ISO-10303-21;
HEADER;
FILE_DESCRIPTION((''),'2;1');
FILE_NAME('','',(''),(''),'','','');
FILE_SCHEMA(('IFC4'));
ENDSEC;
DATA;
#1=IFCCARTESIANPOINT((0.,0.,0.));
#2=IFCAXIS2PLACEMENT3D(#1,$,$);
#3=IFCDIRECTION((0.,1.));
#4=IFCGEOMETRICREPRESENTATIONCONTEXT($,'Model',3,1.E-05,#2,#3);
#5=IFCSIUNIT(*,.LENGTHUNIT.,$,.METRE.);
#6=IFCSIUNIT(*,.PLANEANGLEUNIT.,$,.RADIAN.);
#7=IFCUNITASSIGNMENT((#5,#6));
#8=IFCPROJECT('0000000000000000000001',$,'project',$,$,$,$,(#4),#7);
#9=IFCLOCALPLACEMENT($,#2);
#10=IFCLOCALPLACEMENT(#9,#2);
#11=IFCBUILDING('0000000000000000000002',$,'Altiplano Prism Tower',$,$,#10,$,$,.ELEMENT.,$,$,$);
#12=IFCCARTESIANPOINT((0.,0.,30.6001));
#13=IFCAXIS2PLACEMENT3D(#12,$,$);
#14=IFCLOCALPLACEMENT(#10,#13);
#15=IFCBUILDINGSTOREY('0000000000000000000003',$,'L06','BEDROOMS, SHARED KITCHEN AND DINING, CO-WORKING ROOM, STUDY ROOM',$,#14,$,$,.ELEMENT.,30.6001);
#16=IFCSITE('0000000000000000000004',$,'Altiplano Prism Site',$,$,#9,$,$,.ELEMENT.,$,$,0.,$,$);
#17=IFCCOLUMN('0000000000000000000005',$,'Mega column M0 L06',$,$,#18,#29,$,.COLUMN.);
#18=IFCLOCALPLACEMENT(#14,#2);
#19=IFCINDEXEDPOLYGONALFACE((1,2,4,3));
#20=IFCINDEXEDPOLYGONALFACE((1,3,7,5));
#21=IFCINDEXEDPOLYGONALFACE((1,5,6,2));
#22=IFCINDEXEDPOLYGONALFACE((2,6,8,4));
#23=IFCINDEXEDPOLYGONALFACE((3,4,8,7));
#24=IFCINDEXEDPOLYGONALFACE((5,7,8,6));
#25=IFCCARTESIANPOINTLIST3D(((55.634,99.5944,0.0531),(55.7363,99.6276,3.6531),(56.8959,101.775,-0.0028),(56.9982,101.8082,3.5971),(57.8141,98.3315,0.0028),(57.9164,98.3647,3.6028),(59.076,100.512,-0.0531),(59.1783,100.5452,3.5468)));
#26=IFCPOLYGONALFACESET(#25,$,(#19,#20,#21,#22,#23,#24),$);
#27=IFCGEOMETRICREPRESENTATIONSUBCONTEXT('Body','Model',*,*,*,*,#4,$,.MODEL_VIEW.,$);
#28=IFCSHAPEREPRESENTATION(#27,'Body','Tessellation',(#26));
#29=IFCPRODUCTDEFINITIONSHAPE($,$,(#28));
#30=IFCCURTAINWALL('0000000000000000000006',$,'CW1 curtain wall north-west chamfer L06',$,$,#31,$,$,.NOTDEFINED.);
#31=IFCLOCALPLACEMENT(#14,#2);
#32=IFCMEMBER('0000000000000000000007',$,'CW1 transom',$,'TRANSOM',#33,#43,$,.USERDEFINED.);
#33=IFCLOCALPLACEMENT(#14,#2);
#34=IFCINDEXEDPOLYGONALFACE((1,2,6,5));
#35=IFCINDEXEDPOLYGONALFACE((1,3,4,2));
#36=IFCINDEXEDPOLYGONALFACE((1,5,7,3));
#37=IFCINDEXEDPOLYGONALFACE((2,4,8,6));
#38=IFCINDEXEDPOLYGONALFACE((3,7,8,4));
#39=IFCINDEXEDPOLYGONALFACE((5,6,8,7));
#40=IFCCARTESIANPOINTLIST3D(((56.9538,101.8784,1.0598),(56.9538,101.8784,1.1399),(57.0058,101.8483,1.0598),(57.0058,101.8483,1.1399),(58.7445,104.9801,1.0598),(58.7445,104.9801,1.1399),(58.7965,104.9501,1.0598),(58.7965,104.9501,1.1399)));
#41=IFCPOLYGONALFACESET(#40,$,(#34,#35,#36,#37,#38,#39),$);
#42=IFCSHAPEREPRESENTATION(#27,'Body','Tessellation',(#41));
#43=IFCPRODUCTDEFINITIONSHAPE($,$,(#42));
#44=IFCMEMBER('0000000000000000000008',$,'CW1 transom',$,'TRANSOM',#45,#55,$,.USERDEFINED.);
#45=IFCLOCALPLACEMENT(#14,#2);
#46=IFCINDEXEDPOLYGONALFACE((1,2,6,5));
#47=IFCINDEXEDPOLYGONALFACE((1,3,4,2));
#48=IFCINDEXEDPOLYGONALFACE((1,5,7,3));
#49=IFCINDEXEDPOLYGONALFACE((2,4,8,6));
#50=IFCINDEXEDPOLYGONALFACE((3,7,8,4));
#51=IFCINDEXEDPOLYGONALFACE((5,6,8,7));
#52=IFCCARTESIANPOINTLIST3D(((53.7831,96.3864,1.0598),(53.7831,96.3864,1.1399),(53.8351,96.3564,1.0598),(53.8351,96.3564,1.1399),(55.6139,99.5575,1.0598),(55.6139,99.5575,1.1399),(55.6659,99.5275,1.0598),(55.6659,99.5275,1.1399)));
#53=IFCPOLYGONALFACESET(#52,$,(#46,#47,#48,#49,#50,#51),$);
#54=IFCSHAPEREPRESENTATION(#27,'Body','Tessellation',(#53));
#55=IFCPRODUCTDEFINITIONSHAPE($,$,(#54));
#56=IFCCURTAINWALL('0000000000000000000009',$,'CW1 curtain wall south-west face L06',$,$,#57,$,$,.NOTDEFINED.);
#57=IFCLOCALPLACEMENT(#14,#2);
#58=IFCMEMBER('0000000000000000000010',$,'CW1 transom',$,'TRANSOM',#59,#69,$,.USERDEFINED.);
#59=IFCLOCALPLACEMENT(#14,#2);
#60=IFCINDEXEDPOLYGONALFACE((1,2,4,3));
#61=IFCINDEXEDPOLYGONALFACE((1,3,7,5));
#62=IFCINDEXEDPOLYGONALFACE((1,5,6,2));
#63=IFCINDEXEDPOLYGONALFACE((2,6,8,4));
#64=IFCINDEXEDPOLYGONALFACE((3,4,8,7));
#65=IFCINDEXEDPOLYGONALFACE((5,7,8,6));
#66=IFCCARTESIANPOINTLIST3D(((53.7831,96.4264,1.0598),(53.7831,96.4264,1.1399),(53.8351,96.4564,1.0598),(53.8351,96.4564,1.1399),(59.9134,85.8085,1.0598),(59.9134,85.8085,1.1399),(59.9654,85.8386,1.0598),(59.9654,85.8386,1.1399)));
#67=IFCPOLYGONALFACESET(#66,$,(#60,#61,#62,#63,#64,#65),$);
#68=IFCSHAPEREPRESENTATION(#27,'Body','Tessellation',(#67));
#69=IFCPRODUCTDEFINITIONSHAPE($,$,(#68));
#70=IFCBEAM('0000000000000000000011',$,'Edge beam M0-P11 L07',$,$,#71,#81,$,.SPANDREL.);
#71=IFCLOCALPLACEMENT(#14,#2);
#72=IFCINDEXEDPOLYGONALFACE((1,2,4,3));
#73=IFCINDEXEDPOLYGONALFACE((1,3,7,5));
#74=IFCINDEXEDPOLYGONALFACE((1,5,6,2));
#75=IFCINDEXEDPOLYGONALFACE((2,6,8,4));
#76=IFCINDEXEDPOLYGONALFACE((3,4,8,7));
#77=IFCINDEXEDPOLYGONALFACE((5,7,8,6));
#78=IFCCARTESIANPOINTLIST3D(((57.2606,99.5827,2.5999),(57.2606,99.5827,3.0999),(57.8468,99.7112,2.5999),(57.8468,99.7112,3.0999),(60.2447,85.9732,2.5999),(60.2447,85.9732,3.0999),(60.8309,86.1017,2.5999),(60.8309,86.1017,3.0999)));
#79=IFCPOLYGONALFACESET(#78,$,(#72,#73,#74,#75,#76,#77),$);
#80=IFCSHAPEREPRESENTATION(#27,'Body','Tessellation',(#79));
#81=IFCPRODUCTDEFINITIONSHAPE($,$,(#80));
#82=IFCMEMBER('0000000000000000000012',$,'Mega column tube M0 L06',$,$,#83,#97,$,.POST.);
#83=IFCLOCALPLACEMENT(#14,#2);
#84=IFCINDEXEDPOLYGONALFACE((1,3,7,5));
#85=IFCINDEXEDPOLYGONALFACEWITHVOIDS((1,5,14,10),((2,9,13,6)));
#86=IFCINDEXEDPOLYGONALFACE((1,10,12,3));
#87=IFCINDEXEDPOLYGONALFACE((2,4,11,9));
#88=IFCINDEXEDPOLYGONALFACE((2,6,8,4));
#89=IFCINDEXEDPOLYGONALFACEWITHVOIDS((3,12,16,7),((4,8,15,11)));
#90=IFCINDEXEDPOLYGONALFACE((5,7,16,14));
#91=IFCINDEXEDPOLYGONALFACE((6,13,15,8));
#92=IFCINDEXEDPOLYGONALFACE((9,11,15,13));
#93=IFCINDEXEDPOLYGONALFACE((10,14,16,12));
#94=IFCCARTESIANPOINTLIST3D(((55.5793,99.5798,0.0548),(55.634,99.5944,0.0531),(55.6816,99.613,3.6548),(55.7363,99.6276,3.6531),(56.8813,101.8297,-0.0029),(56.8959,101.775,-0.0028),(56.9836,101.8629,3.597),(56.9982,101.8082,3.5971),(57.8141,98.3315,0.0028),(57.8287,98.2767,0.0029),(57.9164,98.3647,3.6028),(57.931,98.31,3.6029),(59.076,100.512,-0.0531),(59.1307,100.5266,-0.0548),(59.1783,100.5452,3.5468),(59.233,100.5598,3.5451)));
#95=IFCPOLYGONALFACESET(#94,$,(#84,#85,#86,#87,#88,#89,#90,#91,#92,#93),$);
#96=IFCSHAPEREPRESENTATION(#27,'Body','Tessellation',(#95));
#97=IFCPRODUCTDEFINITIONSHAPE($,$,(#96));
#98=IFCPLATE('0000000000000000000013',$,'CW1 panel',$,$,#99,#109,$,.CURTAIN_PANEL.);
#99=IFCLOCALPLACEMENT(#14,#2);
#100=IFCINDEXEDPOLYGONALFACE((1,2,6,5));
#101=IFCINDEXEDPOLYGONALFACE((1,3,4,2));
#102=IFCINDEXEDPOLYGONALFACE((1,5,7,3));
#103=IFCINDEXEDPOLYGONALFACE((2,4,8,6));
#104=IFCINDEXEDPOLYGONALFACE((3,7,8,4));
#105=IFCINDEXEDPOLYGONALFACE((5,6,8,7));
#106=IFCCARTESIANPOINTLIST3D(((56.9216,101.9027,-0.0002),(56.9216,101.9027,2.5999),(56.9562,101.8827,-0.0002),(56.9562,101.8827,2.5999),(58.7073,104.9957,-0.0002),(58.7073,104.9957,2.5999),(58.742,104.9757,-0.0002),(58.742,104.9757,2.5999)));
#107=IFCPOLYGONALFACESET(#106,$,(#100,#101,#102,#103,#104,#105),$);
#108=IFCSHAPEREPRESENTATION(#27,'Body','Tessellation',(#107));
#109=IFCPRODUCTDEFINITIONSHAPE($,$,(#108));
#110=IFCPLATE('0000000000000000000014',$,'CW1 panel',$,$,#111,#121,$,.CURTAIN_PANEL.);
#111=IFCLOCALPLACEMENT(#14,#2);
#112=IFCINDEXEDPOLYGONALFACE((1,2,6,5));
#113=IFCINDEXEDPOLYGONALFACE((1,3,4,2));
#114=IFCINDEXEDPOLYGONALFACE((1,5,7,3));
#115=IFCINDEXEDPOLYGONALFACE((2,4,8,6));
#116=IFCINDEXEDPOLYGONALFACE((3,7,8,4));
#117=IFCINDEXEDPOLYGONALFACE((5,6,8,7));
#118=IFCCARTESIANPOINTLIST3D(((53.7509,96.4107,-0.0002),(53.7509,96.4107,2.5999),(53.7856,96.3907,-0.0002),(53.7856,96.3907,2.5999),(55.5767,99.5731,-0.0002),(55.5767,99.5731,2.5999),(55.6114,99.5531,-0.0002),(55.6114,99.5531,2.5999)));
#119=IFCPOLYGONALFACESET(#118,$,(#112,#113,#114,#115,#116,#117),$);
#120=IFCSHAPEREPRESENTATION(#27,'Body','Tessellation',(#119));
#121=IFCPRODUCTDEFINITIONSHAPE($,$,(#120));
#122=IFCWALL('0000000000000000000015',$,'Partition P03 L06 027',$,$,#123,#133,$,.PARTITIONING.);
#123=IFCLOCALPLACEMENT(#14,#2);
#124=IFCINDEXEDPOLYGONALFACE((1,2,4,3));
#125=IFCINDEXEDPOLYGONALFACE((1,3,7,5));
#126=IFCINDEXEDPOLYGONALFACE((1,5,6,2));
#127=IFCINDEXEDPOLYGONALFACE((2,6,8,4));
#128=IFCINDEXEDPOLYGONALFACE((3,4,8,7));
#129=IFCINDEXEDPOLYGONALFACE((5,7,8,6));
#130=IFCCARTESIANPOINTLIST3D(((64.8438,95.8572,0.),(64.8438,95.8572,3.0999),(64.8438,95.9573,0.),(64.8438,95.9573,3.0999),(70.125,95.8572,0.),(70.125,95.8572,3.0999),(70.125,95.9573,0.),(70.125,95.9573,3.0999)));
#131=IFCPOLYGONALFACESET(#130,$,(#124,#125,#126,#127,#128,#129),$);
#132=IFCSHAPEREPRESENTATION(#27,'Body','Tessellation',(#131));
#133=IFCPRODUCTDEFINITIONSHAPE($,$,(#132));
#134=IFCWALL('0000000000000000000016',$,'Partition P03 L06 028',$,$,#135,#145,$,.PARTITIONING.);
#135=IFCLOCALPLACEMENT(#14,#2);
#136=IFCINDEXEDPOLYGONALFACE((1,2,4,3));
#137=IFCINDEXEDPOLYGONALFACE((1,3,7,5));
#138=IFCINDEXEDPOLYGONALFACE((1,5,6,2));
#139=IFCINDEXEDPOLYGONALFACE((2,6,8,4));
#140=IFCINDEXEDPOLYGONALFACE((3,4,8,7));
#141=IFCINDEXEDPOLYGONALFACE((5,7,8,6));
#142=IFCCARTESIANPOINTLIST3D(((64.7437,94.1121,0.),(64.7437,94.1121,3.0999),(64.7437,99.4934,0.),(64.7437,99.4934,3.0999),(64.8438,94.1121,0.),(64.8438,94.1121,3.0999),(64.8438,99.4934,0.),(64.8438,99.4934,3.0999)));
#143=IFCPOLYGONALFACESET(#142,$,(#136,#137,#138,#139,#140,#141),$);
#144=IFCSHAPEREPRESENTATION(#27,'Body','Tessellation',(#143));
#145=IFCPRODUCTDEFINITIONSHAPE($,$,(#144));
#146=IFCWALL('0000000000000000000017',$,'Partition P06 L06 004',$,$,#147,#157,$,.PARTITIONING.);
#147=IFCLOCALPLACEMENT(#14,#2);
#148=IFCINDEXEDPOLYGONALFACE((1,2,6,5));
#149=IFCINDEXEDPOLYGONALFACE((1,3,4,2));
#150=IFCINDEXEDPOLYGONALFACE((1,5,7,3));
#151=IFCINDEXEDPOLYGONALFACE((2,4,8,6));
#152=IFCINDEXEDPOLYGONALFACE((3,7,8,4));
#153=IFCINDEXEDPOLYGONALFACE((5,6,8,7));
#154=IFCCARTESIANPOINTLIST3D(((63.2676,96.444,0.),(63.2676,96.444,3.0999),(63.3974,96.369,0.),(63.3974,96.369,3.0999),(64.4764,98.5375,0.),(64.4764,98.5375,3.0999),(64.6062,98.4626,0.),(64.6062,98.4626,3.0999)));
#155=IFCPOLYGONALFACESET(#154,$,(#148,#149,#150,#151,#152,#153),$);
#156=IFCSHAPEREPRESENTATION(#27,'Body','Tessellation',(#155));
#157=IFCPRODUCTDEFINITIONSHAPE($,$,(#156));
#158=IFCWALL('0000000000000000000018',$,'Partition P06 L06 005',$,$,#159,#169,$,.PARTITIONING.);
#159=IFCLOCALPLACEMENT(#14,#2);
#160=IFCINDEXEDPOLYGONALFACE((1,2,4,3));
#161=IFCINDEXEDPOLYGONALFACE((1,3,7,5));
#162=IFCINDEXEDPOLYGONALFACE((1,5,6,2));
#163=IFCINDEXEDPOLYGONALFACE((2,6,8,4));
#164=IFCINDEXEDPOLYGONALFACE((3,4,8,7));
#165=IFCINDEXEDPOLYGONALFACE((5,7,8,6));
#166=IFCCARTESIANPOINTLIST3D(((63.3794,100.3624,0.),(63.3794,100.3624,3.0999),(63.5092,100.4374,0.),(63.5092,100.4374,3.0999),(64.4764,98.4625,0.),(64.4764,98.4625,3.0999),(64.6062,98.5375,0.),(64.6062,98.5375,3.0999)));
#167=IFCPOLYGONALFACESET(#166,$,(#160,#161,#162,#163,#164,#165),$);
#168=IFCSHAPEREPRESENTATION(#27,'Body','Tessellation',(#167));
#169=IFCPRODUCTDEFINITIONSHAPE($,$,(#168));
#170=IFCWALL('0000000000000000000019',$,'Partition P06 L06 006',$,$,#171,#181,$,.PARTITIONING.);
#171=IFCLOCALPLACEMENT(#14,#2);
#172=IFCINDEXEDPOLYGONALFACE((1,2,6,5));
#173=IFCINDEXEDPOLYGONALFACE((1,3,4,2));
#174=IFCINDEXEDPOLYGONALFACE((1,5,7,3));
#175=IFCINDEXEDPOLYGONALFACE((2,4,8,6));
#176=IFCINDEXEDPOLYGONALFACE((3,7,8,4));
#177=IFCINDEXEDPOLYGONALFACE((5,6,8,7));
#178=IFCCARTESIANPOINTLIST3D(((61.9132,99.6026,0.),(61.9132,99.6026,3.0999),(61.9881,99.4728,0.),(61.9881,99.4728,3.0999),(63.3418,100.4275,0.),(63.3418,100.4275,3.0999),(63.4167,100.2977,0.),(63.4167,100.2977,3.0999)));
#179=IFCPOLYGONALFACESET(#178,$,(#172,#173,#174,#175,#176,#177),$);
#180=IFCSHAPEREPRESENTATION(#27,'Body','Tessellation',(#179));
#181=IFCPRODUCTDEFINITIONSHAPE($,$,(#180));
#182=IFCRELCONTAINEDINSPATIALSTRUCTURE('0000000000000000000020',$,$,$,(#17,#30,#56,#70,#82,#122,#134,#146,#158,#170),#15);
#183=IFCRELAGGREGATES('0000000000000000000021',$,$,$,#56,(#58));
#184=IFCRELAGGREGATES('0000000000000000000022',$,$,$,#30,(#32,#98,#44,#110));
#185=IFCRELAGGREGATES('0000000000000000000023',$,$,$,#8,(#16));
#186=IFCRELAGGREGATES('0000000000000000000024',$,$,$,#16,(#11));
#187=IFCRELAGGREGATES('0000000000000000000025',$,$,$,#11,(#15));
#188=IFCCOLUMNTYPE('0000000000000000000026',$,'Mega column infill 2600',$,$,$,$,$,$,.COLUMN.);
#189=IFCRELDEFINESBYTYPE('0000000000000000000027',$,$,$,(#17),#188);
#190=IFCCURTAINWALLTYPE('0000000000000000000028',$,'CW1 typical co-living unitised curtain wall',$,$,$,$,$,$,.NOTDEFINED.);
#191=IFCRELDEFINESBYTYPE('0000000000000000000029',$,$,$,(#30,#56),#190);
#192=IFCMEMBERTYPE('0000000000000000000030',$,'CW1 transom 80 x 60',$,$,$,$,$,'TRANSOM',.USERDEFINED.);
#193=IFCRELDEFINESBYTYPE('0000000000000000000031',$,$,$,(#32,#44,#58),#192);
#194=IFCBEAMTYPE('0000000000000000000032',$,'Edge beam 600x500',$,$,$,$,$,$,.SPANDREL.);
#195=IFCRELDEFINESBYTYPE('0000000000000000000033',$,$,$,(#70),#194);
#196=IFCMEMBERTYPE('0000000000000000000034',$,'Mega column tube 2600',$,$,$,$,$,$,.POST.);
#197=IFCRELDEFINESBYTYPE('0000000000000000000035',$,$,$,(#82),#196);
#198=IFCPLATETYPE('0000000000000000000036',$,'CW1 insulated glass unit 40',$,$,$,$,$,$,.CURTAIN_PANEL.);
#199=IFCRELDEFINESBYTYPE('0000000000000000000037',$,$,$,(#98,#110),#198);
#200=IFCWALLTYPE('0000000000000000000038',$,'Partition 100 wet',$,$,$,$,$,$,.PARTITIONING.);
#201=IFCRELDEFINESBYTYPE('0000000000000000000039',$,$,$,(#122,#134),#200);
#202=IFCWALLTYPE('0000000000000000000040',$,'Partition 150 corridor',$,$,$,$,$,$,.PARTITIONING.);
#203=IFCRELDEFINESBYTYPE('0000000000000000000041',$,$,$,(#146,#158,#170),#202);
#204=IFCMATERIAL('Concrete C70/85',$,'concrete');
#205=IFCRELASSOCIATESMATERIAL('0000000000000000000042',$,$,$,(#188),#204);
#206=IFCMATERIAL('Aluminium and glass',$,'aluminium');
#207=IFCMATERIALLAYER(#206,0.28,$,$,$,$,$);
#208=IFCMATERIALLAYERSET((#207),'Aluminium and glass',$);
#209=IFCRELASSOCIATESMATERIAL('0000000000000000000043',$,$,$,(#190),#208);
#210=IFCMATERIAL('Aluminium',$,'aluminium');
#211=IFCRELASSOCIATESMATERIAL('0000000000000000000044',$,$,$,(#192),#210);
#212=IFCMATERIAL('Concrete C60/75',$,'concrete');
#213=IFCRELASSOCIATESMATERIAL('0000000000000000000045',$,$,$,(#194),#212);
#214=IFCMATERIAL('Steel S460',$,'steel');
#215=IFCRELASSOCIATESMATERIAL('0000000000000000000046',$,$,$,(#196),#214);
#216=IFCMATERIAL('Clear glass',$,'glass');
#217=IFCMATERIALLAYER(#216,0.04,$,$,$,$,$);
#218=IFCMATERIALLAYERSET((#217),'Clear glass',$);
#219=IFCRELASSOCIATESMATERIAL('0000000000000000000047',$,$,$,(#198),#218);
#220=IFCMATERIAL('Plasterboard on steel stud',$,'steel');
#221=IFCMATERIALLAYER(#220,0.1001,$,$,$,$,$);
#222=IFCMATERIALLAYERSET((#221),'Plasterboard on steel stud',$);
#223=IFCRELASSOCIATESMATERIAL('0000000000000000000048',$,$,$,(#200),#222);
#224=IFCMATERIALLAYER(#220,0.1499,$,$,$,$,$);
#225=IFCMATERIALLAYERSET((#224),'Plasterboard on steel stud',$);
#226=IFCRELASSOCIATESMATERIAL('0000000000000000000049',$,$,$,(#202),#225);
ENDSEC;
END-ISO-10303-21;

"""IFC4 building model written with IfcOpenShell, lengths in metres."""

from ifc_helpers import new_model, si_unit, direction, frame, frame_2d, origin, origin_2d, place, context, subcontext, project, spatial, rectangle, hollow_rectangle, extrude, material, layer, layer_set, material_profile, profile_set, type_object, element, aggregate, save


model = new_model("IFC4")

# Units and contexts
model_context = context("Model", 3, precision=1e-05, world=origin(), true_north=direction((0.0, 1.0)))
body_context = subcontext(model_context, "Body", "Model", "MODEL_VIEW")
ifc_project = project(units=[si_unit("LENGTHUNIT", "METRE"), si_unit("PLANEANGLEUNIT", "RADIAN")], contexts=[model_context])

# Site, building, storey
site_placement = place(None, origin())
site = spatial("IfcSite", under=ifc_project, at=site_placement, Name="Altiplano Prism Site", CompositionType="ELEMENT", RefElevation=0.0)
building_placement = place(site_placement, origin())
building = spatial("IfcBuilding", under=site, at=building_placement, Name="Altiplano Prism Tower", CompositionType="ELEMENT")
storey_placement = place(building_placement, frame((0.0, 0.0, 30.6001)))
storey = spatial("IfcBuildingStorey", under=building, at=storey_placement, Name="L06", Description="BEDROOMS, SHARED KITCHEN AND DINING, CO-WORKING ROOM, STUDY ROOM", CompositionType="ELEMENT", Elevation=30.6001)

# Column
ifc_material_1 = material(Name="Concrete C70/85", Category="concrete")
ifc_material_profile_1 = material_profile(ifc_material_1, rectangle(XDim=2.52, YDim=2.52, at=origin_2d()), Name="Mega column infill 2600")
ifc_profile_set_1 = profile_set([ifc_material_profile_1], Name="Concrete C70/85")
column_type = type_object("IfcColumnType", Name="Mega column infill 2600", PredefinedType="COLUMN", material=ifc_profile_set_1)
column_placement = place(storey_placement, frame((57.355, 100.0532, 0.0), z_axis=(0.028404, 0.009219, 0.999554), x_axis=(-0.865123, 0.501162, 0.019961)))
element("IfcColumn", 1, at=column_placement, inside=storey, type_object=column_type, Name="Mega column M0 L06", PredefinedType="COLUMN", context=body_context, shape_type="SweptSolid", body=[
    extrude(rectangle(XDim=2.52, YDim=2.52, at=origin_2d()), origin(), (0.0, 0.0, 1.0), 3.6016),
])

# Curtain wall, members
ifc_material_2 = material(Name="Aluminium and glass", Category="aluminium")
ifc_layer_1 = layer(ifc_material_2, 0.28)
ifc_layer_set_1 = layer_set([ifc_layer_1], Name="Aluminium and glass")
curtain_wall_type = type_object("IfcCurtainWallType", Name="CW1 typical co-living unitised curtain wall", PredefinedType="NOTDEFINED", material=ifc_layer_set_1)
curtain_wall_1_placement = place(storey_placement, origin())
curtain_wall_1 = element("IfcCurtainWall", 2, at=curtain_wall_1_placement, inside=storey, type_object=curtain_wall_type, Name="CW1 curtain wall north-west chamfer L06", PredefinedType="NOTDEFINED")
ifc_material_3 = material(Name="Aluminium", Category="aluminium")
ifc_material_profile_2 = material_profile(ifc_material_3, rectangle(XDim=0.0601, YDim=0.0801, at=origin_2d()), Name="CW1 transom 80 x 60")
ifc_profile_set_2 = profile_set([ifc_material_profile_2], Name="Aluminium")
member_type_1 = type_object("IfcMemberType", Name="CW1 transom 80 x 60", ElementType="TRANSOM", PredefinedType="USERDEFINED", material=ifc_profile_set_2)
member_1_placement = place(storey_placement, frame((58.7705, 104.9651, 1.0999), z_axis=(-0.499988, -0.866032, 0.0), x_axis=(0.866032, -0.499988, 0.0)))
member_1 = element("IfcMember", 3, at=member_1_placement, type_object=member_type_1, Name="CW1 transom", ObjectType="TRANSOM", PredefinedType="USERDEFINED", context=body_context, shape_type="SweptSolid", body=[
    extrude(rectangle(XDim=0.0601, YDim=0.0801, at=origin_2d()), origin(), (0.0, 0.0, 1.0), 3.5815),
])
member_2_placement = place(storey_placement, frame((55.6399, 99.5425, 1.0999), z_axis=(-0.49999, -0.866031, 0.0), x_axis=(0.866031, -0.49999, 0.0)))
member_2 = element("IfcMember", 4, at=member_2_placement, type_object=member_type_1, Name="CW1 transom", ObjectType="TRANSOM", PredefinedType="USERDEFINED", context=body_context, shape_type="SweptSolid", body=[
    extrude(rectangle(XDim=0.0601, YDim=0.0801, at=origin_2d()), origin(), (0.0, 0.0, 1.0), 3.6616),
])

# Curtain wall, member
curtain_wall_2_placement = place(storey_placement, origin())
curtain_wall_2 = element("IfcCurtainWall", 5, at=curtain_wall_2_placement, inside=storey, type_object=curtain_wall_type, Name="CW1 curtain wall south-west face L06", PredefinedType="NOTDEFINED")
member_3_placement = place(storey_placement, frame((53.8091, 96.4414, 1.0999), z_axis=(0.500007, -0.866021, 0.0), x_axis=(0.866021, 0.500007, 0.0)))
member_3 = element("IfcMember", 6, at=member_3_placement, type_object=member_type_1, Name="CW1 transom", ObjectType="TRANSOM", PredefinedType="USERDEFINED", context=body_context, shape_type="SweptSolid", body=[
    extrude(rectangle(XDim=0.0601, YDim=0.0801, at=origin_2d()), origin(), (0.0, 0.0, 1.0), 12.2605),
])
aggregate(curtain_wall_2, [member_3])

# Beam
ifc_material_4 = material(Name="Concrete C60/75", Category="concrete")
ifc_material_profile_3 = material_profile(ifc_material_4, rectangle(XDim=0.6001, YDim=0.5, at=origin_2d()), Name="Edge beam 600x500")
ifc_profile_set_3 = profile_set([ifc_material_profile_3], Name="Concrete C60/75")
beam_type = type_object("IfcBeamType", Name="Edge beam 600x500", PredefinedType="SPANDREL", material=ifc_profile_set_3)
beam_placement = place(storey_placement, frame((57.5537, 99.647, 2.8499), z_axis=(0.214178, -0.976795, 0.0), x_axis=(0.976795, 0.214178, 0.0)))
element("IfcBeam", 7, at=beam_placement, inside=storey, type_object=beam_type, Name="Edge beam M0-P11 L07", PredefinedType="SPANDREL", context=body_context, shape_type="SweptSolid", body=[
    extrude(rectangle(XDim=0.6001, YDim=0.5, at=origin_2d()), origin(), (0.0, 0.0, 1.0), 13.9329),
])

# Member
ifc_material_5 = material(Name="Steel S460", Category="steel")
ifc_material_profile_4 = material_profile(ifc_material_5, hollow_rectangle(XDim=2.6001, YDim=2.6001, WallThickness=0.04, at=origin_2d()), Name="Mega column tube 2600")
ifc_profile_set_4 = profile_set([ifc_material_profile_4], Name="Steel S460")
member_type_2 = type_object("IfcMemberType", Name="Mega column tube 2600", PredefinedType="POST", material=ifc_profile_set_4)
member_4_placement = place(storey_placement, frame((57.355, 100.0532, 0.0), z_axis=(0.028404, 0.009219, 0.999554), x_axis=(-0.865123, 0.501162, 0.019961)))
element("IfcMember", 8, at=member_4_placement, inside=storey, type_object=member_type_2, Name="Mega column tube M0 L06", PredefinedType="POST", context=body_context, shape_type="SweptSolid", body=[
    extrude(hollow_rectangle(XDim=2.6001, YDim=2.6001, WallThickness=0.04, at=origin_2d()), origin(), (0.0, 0.0, 1.0), 3.6016),
])

# Plates
ifc_material_6 = material(Name="Clear glass", Category="glass")
ifc_layer_2 = layer(ifc_material_6, 0.04)
ifc_layer_set_2 = layer_set([ifc_layer_2], Name="Clear glass")
plate_type = type_object("IfcPlateType", Name="CW1 insulated glass unit 40", PredefinedType="CURTAIN_PANEL", material=ifc_layer_set_2)
plate_1_placement = place(storey_placement, frame((57.8318, 103.4392, -0.0002), z_axis=(0.0, 0.0, 1.0), x_axis=(-0.5, -0.866025, 0.0)))
plate_1 = element("IfcPlate", 9, at=plate_1_placement, type_object=plate_type, Name="CW1 panel", PredefinedType="CURTAIN_PANEL", context=body_context, shape_type="SweptSolid", body=[
    extrude(rectangle(XDim=3.5715, YDim=0.04, at=origin_2d()), origin(), (0.0, 0.0, 1.0), 2.6001),
])
plate_2_placement = place(storey_placement, frame((54.6812, 97.9819, -0.0002), z_axis=(0.0, 0.0, 1.0), x_axis=(-0.5, -0.866025, 0.0)))
plate_2 = element("IfcPlate", 10, at=plate_2_placement, type_object=plate_type, Name="CW1 panel", PredefinedType="CURTAIN_PANEL", context=body_context, shape_type="SweptSolid", body=[
    extrude(rectangle(XDim=3.6516, YDim=0.04, at=origin_2d()), origin(), (0.0, 0.0, 1.0), 2.6001),
])
aggregate(curtain_wall_1, [member_1, plate_1, member_2, plate_2])

# Walls
ifc_material_7 = material(Name="Plasterboard on steel stud", Category="steel")
ifc_layer_3 = layer(ifc_material_7, 0.1001)
ifc_layer_set_3 = layer_set([ifc_layer_3], Name="Plasterboard on steel stud")
wall_type_1 = type_object("IfcWallType", Name="Partition 100 wet", PredefinedType="PARTITIONING", material=ifc_layer_set_3)
wall_1_placement = place(storey_placement, frame((70.125, 95.9072, 0.0), z_axis=(0.0, 0.0, 1.0), x_axis=(-1.0, 0.0, 0.0)))
element("IfcWall", 11, at=wall_1_placement, inside=storey, type_object=wall_type_1, Name="Partition P03 L06 027", PredefinedType="PARTITIONING", context=body_context, shape_type="SweptSolid", body=[
    extrude(rectangle(XDim=5.2812, YDim=0.1001, at=frame_2d((2.6406, 0.0))), origin(), (0.0, 0.0, 1.0), 3.0999),
])
wall_2_placement = place(storey_placement, frame((64.7937, 99.4934, 0.0), z_axis=(0.0, 0.0, 1.0), x_axis=(0.0, -1.0, 0.0)))
element("IfcWall", 12, at=wall_2_placement, inside=storey, type_object=wall_type_1, Name="Partition P03 L06 028", PredefinedType="PARTITIONING", context=body_context, shape_type="SweptSolid", body=[
    extrude(rectangle(XDim=5.3813, YDim=0.1001, at=frame_2d((2.6907, 0.0))), origin(), (0.0, 0.0, 1.0), 3.0999),
])
ifc_layer_4 = layer(ifc_material_7, 0.1499)
ifc_layer_set_4 = layer_set([ifc_layer_4], Name="Plasterboard on steel stud")
wall_type_2 = type_object("IfcWallType", Name="Partition 150 corridor", PredefinedType="PARTITIONING", material=ifc_layer_set_4)
wall_3_placement = place(storey_placement, frame((63.3325, 96.4065, 0.0), z_axis=(0.0, 0.0, 1.0), x_axis=(0.500017, 0.866016, 0.0)))
element("IfcWall", 13, at=wall_3_placement, inside=storey, type_object=wall_type_2, Name="Partition P06 L06 004", PredefinedType="PARTITIONING", context=body_context, shape_type="SweptSolid", body=[
    extrude(rectangle(XDim=2.4175, YDim=0.1499, at=frame_2d((1.2087, 0.0))), origin(), (0.0, 0.0, 1.0), 3.0999),
])
wall_4_placement = place(storey_placement, frame((64.5413, 98.5, 0.0), z_axis=(0.0, 0.0, 1.0), x_axis=(-0.500005, 0.866023, 0.0)))
element("IfcWall", 14, at=wall_4_placement, inside=storey, type_object=wall_type_2, Name="Partition P06 L06 005", PredefinedType="PARTITIONING", context=body_context, shape_type="SweptSolid", body=[
    extrude(rectangle(XDim=2.1938, YDim=0.1499, at=frame_2d((1.0969, 0.0))), origin(), (0.0, 0.0, 1.0), 3.0999),
])
wall_5_placement = place(storey_placement, frame((63.3792, 100.3625, 0.0), z_axis=(0.0, 0.0, 1.0), x_axis=(-0.866003, -0.500038, 0.0)))
element("IfcWall", 15, at=wall_5_placement, inside=storey, type_object=wall_type_2, Name="Partition P06 L06 006", PredefinedType="PARTITIONING", context=body_context, shape_type="SweptSolid", body=[
    extrude(rectangle(XDim=1.6497, YDim=0.1499, at=frame_2d((0.8247, 0.0))), origin(), (0.0, 0.0, 1.0), 3.0999),
])

save(model, "model.ifc")
